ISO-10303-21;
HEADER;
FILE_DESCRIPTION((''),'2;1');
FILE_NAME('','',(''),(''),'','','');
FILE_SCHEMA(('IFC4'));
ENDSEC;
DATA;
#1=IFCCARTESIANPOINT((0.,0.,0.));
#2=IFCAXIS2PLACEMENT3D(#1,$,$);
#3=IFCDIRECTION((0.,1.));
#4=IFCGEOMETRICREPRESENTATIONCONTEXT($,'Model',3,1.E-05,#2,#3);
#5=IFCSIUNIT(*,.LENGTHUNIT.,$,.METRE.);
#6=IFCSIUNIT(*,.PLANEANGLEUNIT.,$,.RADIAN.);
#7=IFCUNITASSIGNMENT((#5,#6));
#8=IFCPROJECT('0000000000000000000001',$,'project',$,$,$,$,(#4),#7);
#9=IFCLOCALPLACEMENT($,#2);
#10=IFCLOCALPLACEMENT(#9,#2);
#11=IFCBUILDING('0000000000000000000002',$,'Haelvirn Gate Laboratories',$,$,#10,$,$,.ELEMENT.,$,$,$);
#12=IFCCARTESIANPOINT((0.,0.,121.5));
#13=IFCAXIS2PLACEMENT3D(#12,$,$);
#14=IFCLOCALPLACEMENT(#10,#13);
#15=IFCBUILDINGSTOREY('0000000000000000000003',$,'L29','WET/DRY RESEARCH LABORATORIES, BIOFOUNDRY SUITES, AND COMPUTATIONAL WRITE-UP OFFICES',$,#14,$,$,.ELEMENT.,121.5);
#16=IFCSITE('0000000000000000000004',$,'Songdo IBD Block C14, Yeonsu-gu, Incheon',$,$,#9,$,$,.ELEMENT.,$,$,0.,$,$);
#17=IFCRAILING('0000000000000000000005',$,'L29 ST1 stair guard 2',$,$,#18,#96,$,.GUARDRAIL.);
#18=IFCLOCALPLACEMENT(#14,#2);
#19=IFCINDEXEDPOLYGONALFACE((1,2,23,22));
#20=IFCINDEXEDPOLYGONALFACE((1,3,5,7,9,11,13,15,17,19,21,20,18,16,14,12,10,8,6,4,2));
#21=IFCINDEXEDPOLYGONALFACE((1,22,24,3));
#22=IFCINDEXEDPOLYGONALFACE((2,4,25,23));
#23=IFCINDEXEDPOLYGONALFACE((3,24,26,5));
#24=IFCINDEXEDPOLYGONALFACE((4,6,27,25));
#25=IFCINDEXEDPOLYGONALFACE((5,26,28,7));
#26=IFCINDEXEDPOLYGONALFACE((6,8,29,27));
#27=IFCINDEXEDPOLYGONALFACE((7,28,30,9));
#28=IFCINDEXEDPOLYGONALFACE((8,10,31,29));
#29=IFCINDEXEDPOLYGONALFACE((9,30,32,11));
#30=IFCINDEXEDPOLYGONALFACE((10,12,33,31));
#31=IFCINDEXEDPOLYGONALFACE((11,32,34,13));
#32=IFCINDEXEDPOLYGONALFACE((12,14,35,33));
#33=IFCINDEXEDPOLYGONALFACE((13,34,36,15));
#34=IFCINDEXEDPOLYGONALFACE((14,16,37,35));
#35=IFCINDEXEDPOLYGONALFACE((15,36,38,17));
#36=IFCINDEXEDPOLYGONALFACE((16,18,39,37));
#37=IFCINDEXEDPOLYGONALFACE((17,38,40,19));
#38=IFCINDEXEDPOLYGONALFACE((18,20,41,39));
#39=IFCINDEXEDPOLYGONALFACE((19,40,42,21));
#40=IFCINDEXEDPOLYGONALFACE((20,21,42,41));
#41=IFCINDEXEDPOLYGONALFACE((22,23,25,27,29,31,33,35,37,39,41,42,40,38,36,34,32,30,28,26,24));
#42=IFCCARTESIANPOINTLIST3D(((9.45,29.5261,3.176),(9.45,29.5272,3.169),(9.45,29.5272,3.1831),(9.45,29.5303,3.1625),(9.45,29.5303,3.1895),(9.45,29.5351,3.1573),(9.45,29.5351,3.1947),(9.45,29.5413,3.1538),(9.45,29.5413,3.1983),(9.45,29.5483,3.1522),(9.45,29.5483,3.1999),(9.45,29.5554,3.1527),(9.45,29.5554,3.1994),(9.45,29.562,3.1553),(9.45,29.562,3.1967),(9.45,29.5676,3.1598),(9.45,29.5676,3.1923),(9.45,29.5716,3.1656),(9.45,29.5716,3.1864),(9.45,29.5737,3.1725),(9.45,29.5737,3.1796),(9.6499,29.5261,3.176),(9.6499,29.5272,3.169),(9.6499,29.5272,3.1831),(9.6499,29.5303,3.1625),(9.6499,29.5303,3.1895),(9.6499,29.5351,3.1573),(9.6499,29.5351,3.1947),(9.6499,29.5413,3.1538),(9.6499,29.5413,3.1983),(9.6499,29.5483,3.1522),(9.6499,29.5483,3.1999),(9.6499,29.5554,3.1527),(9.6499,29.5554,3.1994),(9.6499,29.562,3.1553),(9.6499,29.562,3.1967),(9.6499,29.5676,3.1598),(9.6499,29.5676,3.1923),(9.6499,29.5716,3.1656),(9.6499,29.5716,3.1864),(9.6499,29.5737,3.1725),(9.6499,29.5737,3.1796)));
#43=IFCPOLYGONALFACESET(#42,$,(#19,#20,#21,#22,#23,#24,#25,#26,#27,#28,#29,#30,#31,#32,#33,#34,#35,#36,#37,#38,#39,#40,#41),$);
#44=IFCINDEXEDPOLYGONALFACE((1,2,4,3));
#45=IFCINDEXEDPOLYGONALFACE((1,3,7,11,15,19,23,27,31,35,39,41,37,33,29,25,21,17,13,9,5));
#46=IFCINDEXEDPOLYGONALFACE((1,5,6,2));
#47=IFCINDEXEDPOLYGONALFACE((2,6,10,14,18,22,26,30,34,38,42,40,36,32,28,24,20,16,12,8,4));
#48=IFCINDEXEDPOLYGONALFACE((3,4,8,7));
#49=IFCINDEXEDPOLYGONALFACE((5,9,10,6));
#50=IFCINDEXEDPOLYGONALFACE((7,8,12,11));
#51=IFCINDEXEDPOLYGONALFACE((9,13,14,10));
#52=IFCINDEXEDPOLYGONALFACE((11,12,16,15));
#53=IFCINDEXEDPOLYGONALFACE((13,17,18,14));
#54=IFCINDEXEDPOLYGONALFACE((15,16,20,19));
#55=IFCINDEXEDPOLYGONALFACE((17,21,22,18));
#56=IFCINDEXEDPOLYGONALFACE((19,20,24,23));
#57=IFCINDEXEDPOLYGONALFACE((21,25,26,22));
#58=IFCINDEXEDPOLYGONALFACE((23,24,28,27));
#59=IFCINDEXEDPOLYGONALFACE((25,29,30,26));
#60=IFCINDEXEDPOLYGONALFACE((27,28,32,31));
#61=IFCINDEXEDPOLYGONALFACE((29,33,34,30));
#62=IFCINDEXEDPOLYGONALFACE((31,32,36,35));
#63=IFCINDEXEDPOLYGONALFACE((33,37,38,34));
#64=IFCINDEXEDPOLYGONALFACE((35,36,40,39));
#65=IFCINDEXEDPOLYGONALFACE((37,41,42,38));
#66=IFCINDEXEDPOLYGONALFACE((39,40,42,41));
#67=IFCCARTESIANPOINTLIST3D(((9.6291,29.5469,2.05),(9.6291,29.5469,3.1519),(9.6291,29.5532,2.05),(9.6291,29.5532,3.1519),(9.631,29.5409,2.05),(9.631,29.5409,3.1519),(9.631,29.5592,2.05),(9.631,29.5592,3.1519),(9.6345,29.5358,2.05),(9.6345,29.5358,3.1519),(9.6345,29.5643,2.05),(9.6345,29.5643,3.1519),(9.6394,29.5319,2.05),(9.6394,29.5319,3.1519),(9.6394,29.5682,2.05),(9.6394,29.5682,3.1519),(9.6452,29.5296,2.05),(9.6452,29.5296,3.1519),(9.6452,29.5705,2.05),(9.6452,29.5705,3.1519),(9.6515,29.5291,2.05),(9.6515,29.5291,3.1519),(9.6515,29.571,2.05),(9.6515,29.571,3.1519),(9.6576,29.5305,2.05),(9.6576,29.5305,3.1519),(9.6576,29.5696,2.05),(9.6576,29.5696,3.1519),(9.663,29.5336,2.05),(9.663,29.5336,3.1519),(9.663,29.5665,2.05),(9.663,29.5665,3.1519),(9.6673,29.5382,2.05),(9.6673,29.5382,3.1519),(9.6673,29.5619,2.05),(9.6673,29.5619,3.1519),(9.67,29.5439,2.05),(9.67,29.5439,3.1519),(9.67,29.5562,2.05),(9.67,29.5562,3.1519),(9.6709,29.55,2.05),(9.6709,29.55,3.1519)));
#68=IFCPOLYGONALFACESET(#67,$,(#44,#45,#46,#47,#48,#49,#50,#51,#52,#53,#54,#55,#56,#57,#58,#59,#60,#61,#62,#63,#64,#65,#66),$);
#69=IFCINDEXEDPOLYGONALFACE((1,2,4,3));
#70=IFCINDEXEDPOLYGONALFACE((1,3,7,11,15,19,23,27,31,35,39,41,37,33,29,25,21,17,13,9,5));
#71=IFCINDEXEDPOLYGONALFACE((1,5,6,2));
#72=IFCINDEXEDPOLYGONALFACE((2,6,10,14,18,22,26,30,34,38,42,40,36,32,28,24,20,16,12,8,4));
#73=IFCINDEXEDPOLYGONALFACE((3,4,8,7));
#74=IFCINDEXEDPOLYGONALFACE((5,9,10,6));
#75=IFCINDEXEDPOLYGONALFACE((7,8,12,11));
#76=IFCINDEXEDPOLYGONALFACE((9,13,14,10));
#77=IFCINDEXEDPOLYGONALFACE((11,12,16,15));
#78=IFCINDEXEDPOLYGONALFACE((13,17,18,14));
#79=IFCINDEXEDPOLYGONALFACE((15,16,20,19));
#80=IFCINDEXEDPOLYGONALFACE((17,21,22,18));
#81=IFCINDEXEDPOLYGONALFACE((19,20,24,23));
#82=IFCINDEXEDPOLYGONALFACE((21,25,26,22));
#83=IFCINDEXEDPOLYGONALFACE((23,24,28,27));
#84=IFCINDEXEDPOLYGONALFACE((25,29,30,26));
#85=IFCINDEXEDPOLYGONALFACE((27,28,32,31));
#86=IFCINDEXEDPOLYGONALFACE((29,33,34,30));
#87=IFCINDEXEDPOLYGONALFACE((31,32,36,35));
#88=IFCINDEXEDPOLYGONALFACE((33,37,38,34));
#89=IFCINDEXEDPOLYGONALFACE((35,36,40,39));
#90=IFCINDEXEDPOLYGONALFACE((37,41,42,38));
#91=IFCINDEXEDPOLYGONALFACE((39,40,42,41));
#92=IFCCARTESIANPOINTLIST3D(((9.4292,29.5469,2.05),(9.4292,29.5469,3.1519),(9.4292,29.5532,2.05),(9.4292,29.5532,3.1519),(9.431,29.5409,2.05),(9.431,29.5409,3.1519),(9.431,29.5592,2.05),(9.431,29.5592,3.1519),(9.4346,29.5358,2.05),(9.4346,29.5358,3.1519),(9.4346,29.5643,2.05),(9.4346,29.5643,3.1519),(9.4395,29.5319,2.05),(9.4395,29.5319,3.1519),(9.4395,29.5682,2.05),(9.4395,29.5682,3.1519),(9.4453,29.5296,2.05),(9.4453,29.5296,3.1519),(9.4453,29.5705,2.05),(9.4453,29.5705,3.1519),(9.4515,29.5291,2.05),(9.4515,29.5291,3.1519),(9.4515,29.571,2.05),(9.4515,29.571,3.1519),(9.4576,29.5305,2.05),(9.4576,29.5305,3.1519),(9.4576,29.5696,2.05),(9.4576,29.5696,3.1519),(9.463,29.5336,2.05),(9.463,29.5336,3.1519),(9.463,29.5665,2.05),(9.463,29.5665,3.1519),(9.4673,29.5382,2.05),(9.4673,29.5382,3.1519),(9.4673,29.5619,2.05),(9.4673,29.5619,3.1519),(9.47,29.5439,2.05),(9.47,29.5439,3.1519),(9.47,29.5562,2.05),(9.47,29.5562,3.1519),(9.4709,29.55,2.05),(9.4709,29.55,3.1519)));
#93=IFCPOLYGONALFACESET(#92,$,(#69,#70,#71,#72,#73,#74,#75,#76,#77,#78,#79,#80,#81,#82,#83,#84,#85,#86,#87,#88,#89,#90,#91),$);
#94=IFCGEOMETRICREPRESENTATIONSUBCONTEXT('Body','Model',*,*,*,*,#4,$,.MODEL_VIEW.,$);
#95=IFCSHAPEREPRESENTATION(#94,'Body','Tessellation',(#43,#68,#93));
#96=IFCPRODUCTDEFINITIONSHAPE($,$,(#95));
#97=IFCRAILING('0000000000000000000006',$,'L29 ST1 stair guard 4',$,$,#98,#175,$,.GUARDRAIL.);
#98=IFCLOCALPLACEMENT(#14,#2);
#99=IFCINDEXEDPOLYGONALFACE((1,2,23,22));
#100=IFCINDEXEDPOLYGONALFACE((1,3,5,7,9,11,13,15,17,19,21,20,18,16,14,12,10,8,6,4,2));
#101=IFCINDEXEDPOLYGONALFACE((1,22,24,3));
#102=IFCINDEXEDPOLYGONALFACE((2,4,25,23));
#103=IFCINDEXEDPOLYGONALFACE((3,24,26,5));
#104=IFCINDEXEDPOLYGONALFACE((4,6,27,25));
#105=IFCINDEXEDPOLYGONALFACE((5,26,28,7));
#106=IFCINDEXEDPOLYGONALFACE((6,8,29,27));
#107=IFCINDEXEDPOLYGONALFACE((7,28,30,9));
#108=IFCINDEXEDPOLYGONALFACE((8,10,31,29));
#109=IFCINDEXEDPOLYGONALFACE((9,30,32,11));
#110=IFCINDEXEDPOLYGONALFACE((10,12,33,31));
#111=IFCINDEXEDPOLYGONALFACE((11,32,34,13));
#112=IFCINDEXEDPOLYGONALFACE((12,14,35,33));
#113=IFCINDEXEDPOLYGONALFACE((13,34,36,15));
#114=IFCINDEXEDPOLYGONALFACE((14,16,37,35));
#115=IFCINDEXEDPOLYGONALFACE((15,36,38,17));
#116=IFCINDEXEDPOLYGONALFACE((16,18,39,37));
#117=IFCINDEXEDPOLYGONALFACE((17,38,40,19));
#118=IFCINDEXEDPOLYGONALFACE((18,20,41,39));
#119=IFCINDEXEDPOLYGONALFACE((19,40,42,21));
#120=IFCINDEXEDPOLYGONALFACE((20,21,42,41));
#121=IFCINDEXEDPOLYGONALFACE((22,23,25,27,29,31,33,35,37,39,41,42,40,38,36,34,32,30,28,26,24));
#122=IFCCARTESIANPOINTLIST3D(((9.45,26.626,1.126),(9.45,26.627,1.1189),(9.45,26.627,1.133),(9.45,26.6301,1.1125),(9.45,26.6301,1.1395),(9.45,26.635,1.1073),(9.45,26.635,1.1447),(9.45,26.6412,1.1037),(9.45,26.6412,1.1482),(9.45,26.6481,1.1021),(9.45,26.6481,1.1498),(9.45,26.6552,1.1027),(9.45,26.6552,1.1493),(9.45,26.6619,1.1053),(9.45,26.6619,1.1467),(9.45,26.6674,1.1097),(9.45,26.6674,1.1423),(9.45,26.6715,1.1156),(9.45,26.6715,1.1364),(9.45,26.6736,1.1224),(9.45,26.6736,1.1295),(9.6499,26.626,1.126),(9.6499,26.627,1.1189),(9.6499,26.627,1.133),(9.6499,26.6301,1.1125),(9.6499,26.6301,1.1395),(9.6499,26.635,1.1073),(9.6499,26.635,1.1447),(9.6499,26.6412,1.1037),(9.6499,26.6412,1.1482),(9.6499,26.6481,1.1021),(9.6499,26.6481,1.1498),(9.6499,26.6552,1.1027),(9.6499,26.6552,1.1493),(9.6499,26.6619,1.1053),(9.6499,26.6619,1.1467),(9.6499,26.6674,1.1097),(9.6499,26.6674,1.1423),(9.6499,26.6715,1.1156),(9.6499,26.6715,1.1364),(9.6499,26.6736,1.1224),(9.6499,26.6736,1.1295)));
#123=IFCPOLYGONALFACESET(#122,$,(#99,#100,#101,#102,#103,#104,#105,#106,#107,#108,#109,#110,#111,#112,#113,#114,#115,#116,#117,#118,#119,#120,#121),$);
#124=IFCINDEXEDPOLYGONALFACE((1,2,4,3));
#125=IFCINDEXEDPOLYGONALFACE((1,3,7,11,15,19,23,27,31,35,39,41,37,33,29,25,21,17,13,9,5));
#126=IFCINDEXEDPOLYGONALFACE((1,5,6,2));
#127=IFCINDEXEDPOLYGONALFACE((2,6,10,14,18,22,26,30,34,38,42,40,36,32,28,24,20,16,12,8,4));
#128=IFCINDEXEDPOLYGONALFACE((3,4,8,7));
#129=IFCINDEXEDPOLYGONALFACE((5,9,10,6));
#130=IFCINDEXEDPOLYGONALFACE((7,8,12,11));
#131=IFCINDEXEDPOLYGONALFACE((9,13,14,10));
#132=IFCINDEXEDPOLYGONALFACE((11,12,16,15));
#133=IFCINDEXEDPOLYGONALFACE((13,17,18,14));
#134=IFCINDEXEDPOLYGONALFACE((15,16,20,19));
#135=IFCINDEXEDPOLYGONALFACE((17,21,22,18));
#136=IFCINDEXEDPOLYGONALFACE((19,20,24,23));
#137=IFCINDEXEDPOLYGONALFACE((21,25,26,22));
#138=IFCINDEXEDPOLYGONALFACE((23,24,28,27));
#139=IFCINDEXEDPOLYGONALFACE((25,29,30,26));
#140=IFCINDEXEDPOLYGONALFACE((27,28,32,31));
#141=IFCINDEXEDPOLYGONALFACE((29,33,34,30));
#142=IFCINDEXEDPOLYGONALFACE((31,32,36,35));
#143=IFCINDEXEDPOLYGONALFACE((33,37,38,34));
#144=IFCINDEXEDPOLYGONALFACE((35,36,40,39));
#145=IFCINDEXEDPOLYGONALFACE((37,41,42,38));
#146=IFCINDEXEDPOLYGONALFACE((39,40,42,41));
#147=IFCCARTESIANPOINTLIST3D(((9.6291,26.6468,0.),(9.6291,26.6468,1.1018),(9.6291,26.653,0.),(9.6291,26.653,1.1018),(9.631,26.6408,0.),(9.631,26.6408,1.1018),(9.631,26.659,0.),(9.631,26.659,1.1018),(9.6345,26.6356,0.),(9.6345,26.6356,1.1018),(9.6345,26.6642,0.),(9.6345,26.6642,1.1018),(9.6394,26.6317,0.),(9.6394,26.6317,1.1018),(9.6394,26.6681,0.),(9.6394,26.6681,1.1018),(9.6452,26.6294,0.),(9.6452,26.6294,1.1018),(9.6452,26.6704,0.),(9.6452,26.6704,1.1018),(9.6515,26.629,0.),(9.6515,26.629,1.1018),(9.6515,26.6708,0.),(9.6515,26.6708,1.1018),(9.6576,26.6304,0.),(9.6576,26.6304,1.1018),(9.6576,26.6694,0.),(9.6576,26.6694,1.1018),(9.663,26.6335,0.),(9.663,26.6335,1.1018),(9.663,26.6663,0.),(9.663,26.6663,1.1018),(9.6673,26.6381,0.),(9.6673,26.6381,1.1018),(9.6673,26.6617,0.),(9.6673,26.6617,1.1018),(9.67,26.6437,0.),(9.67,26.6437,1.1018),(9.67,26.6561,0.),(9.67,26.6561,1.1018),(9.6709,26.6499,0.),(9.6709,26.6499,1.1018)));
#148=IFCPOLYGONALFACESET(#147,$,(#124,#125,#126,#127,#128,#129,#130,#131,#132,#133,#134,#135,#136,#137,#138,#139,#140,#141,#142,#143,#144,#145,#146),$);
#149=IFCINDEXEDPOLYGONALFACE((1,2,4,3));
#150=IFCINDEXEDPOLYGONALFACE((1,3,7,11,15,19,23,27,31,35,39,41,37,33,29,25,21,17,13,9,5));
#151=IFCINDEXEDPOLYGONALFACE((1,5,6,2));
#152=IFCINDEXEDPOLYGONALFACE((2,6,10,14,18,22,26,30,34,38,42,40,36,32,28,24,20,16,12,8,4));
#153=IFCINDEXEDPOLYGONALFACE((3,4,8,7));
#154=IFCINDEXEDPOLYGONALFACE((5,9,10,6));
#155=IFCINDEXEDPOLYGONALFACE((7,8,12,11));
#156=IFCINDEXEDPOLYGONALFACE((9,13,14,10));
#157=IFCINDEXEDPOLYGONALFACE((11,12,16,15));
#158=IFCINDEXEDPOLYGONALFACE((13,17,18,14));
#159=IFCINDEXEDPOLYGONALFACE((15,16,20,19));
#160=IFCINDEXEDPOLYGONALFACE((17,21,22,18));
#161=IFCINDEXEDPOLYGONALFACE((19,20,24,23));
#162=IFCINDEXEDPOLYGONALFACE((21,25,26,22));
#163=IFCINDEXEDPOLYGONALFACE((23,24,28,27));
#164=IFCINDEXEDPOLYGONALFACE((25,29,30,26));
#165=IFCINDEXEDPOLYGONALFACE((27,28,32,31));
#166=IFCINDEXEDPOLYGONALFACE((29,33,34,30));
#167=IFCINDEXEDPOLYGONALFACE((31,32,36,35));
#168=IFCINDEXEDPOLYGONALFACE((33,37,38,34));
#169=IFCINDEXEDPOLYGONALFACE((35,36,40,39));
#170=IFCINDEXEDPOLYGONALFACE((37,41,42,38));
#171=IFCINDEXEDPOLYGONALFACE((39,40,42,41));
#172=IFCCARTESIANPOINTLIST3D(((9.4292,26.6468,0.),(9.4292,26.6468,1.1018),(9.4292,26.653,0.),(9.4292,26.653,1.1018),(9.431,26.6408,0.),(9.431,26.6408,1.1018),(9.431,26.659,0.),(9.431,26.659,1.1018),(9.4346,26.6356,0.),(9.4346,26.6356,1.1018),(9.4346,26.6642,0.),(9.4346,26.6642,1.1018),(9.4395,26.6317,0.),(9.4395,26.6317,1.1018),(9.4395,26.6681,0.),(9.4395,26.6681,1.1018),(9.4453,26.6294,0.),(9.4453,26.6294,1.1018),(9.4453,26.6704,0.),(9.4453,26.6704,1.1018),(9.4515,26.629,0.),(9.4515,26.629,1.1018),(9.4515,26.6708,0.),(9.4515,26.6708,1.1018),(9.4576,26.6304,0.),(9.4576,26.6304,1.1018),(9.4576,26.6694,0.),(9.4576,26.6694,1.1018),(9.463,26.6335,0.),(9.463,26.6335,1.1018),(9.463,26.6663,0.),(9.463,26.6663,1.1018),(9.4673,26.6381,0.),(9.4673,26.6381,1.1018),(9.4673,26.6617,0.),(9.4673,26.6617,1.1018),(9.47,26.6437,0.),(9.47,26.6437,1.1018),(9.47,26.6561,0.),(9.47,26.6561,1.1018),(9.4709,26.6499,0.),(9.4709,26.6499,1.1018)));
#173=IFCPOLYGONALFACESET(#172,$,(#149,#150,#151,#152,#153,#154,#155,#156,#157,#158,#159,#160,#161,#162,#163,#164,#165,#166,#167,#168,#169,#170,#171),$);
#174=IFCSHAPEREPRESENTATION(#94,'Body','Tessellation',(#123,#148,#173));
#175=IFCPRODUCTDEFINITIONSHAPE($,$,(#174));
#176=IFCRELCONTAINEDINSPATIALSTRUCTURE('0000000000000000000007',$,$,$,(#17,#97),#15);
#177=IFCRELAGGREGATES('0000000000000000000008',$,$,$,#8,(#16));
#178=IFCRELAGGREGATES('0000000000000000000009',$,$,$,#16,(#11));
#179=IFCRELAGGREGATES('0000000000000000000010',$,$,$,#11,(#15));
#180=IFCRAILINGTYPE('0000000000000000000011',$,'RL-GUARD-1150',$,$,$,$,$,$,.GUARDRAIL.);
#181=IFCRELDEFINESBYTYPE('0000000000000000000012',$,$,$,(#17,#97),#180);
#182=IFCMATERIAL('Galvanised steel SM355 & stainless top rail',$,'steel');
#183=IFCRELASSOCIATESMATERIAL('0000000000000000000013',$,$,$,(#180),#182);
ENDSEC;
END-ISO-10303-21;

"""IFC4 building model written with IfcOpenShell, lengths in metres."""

from ifc_helpers import new_model, si_unit, direction, frame, origin, origin_2d, place, context, subcontext, project, spatial, circle, extrude, source, transform, mapped, material, type_object, element, save


model = new_model("IFC4")

# Units and contexts
model_context = context("Model", 3, precision=1e-05, world=origin(), true_north=direction((0.0, 1.0)))
body_context = subcontext(model_context, "Body", "Model", "MODEL_VIEW")
ifc_project = project(units=[si_unit("LENGTHUNIT", "METRE"), si_unit("PLANEANGLEUNIT", "RADIAN")], contexts=[model_context])

# Site, building, storey
site_placement = place(None, origin())
site = spatial("IfcSite", under=ifc_project, at=site_placement, Name="Songdo IBD Block C14, Yeonsu-gu, Incheon", CompositionType="ELEMENT", RefElevation=0.0)
building_placement = place(site_placement, origin())
building = spatial("IfcBuilding", under=site, at=building_placement, Name="Haelvirn Gate Laboratories", CompositionType="ELEMENT")
storey_placement = place(building_placement, frame((0.0, 0.0, 121.5)))
storey = spatial("IfcBuildingStorey", under=building, at=storey_placement, Name="L29", Description="WET/DRY RESEARCH LABORATORIES, BIOFOUNDRY SUITES, AND COMPUTATIONAL WRITE-UP OFFICES", CompositionType="ELEMENT", Elevation=121.5)

# Railings
ifc_material_1 = material(Name="Galvanised steel SM355 & stainless top rail", Category="steel")
railing_type_1 = type_object("IfcRailingType", Name="RL-GUARD-1150", PredefinedType="GUARDRAIL", material=ifc_material_1)
shared_shape_1 = source(origin(), body_context, "Body", "SweptSolid", [
    extrude(circle(Radius=0.0239, at=origin_2d()), frame((0.0, 0.0, 1.126), z_axis=(-1.0, 0.0, 0.0), x_axis=(0.0, -1.0, 0.0)), (0.0, 0.0, 1.0), 0.2),
    extrude(circle(Radius=0.021, at=origin_2d()), origin(), (0.0, 0.0, 1.0), 1.1018),
    extrude(circle(Radius=0.021, at=origin_2d()), frame((-0.2, 0.0, 0.0)), (0.0, 0.0, 1.0), 1.1018),
])
for number, where, name in (
    (1, (9.6499, 29.55, 2.05), "L29 ST1 stair guard 2"),
    (2, (9.6499, 26.6499, 0.0), "L29 ST1 stair guard 4"),
):
    element("IfcRailing", number, at=place(storey_placement, frame(where)), inside=storey, type_object=railing_type_1, Name=name, PredefinedType="GUARDRAIL", context=body_context, shape_type="MappedRepresentation", body=[
        mapped(shared_shape_1, transform((0.0, 0.0, 0.0), scale=1.0)),
    ])

save(model, "model.ifc")
